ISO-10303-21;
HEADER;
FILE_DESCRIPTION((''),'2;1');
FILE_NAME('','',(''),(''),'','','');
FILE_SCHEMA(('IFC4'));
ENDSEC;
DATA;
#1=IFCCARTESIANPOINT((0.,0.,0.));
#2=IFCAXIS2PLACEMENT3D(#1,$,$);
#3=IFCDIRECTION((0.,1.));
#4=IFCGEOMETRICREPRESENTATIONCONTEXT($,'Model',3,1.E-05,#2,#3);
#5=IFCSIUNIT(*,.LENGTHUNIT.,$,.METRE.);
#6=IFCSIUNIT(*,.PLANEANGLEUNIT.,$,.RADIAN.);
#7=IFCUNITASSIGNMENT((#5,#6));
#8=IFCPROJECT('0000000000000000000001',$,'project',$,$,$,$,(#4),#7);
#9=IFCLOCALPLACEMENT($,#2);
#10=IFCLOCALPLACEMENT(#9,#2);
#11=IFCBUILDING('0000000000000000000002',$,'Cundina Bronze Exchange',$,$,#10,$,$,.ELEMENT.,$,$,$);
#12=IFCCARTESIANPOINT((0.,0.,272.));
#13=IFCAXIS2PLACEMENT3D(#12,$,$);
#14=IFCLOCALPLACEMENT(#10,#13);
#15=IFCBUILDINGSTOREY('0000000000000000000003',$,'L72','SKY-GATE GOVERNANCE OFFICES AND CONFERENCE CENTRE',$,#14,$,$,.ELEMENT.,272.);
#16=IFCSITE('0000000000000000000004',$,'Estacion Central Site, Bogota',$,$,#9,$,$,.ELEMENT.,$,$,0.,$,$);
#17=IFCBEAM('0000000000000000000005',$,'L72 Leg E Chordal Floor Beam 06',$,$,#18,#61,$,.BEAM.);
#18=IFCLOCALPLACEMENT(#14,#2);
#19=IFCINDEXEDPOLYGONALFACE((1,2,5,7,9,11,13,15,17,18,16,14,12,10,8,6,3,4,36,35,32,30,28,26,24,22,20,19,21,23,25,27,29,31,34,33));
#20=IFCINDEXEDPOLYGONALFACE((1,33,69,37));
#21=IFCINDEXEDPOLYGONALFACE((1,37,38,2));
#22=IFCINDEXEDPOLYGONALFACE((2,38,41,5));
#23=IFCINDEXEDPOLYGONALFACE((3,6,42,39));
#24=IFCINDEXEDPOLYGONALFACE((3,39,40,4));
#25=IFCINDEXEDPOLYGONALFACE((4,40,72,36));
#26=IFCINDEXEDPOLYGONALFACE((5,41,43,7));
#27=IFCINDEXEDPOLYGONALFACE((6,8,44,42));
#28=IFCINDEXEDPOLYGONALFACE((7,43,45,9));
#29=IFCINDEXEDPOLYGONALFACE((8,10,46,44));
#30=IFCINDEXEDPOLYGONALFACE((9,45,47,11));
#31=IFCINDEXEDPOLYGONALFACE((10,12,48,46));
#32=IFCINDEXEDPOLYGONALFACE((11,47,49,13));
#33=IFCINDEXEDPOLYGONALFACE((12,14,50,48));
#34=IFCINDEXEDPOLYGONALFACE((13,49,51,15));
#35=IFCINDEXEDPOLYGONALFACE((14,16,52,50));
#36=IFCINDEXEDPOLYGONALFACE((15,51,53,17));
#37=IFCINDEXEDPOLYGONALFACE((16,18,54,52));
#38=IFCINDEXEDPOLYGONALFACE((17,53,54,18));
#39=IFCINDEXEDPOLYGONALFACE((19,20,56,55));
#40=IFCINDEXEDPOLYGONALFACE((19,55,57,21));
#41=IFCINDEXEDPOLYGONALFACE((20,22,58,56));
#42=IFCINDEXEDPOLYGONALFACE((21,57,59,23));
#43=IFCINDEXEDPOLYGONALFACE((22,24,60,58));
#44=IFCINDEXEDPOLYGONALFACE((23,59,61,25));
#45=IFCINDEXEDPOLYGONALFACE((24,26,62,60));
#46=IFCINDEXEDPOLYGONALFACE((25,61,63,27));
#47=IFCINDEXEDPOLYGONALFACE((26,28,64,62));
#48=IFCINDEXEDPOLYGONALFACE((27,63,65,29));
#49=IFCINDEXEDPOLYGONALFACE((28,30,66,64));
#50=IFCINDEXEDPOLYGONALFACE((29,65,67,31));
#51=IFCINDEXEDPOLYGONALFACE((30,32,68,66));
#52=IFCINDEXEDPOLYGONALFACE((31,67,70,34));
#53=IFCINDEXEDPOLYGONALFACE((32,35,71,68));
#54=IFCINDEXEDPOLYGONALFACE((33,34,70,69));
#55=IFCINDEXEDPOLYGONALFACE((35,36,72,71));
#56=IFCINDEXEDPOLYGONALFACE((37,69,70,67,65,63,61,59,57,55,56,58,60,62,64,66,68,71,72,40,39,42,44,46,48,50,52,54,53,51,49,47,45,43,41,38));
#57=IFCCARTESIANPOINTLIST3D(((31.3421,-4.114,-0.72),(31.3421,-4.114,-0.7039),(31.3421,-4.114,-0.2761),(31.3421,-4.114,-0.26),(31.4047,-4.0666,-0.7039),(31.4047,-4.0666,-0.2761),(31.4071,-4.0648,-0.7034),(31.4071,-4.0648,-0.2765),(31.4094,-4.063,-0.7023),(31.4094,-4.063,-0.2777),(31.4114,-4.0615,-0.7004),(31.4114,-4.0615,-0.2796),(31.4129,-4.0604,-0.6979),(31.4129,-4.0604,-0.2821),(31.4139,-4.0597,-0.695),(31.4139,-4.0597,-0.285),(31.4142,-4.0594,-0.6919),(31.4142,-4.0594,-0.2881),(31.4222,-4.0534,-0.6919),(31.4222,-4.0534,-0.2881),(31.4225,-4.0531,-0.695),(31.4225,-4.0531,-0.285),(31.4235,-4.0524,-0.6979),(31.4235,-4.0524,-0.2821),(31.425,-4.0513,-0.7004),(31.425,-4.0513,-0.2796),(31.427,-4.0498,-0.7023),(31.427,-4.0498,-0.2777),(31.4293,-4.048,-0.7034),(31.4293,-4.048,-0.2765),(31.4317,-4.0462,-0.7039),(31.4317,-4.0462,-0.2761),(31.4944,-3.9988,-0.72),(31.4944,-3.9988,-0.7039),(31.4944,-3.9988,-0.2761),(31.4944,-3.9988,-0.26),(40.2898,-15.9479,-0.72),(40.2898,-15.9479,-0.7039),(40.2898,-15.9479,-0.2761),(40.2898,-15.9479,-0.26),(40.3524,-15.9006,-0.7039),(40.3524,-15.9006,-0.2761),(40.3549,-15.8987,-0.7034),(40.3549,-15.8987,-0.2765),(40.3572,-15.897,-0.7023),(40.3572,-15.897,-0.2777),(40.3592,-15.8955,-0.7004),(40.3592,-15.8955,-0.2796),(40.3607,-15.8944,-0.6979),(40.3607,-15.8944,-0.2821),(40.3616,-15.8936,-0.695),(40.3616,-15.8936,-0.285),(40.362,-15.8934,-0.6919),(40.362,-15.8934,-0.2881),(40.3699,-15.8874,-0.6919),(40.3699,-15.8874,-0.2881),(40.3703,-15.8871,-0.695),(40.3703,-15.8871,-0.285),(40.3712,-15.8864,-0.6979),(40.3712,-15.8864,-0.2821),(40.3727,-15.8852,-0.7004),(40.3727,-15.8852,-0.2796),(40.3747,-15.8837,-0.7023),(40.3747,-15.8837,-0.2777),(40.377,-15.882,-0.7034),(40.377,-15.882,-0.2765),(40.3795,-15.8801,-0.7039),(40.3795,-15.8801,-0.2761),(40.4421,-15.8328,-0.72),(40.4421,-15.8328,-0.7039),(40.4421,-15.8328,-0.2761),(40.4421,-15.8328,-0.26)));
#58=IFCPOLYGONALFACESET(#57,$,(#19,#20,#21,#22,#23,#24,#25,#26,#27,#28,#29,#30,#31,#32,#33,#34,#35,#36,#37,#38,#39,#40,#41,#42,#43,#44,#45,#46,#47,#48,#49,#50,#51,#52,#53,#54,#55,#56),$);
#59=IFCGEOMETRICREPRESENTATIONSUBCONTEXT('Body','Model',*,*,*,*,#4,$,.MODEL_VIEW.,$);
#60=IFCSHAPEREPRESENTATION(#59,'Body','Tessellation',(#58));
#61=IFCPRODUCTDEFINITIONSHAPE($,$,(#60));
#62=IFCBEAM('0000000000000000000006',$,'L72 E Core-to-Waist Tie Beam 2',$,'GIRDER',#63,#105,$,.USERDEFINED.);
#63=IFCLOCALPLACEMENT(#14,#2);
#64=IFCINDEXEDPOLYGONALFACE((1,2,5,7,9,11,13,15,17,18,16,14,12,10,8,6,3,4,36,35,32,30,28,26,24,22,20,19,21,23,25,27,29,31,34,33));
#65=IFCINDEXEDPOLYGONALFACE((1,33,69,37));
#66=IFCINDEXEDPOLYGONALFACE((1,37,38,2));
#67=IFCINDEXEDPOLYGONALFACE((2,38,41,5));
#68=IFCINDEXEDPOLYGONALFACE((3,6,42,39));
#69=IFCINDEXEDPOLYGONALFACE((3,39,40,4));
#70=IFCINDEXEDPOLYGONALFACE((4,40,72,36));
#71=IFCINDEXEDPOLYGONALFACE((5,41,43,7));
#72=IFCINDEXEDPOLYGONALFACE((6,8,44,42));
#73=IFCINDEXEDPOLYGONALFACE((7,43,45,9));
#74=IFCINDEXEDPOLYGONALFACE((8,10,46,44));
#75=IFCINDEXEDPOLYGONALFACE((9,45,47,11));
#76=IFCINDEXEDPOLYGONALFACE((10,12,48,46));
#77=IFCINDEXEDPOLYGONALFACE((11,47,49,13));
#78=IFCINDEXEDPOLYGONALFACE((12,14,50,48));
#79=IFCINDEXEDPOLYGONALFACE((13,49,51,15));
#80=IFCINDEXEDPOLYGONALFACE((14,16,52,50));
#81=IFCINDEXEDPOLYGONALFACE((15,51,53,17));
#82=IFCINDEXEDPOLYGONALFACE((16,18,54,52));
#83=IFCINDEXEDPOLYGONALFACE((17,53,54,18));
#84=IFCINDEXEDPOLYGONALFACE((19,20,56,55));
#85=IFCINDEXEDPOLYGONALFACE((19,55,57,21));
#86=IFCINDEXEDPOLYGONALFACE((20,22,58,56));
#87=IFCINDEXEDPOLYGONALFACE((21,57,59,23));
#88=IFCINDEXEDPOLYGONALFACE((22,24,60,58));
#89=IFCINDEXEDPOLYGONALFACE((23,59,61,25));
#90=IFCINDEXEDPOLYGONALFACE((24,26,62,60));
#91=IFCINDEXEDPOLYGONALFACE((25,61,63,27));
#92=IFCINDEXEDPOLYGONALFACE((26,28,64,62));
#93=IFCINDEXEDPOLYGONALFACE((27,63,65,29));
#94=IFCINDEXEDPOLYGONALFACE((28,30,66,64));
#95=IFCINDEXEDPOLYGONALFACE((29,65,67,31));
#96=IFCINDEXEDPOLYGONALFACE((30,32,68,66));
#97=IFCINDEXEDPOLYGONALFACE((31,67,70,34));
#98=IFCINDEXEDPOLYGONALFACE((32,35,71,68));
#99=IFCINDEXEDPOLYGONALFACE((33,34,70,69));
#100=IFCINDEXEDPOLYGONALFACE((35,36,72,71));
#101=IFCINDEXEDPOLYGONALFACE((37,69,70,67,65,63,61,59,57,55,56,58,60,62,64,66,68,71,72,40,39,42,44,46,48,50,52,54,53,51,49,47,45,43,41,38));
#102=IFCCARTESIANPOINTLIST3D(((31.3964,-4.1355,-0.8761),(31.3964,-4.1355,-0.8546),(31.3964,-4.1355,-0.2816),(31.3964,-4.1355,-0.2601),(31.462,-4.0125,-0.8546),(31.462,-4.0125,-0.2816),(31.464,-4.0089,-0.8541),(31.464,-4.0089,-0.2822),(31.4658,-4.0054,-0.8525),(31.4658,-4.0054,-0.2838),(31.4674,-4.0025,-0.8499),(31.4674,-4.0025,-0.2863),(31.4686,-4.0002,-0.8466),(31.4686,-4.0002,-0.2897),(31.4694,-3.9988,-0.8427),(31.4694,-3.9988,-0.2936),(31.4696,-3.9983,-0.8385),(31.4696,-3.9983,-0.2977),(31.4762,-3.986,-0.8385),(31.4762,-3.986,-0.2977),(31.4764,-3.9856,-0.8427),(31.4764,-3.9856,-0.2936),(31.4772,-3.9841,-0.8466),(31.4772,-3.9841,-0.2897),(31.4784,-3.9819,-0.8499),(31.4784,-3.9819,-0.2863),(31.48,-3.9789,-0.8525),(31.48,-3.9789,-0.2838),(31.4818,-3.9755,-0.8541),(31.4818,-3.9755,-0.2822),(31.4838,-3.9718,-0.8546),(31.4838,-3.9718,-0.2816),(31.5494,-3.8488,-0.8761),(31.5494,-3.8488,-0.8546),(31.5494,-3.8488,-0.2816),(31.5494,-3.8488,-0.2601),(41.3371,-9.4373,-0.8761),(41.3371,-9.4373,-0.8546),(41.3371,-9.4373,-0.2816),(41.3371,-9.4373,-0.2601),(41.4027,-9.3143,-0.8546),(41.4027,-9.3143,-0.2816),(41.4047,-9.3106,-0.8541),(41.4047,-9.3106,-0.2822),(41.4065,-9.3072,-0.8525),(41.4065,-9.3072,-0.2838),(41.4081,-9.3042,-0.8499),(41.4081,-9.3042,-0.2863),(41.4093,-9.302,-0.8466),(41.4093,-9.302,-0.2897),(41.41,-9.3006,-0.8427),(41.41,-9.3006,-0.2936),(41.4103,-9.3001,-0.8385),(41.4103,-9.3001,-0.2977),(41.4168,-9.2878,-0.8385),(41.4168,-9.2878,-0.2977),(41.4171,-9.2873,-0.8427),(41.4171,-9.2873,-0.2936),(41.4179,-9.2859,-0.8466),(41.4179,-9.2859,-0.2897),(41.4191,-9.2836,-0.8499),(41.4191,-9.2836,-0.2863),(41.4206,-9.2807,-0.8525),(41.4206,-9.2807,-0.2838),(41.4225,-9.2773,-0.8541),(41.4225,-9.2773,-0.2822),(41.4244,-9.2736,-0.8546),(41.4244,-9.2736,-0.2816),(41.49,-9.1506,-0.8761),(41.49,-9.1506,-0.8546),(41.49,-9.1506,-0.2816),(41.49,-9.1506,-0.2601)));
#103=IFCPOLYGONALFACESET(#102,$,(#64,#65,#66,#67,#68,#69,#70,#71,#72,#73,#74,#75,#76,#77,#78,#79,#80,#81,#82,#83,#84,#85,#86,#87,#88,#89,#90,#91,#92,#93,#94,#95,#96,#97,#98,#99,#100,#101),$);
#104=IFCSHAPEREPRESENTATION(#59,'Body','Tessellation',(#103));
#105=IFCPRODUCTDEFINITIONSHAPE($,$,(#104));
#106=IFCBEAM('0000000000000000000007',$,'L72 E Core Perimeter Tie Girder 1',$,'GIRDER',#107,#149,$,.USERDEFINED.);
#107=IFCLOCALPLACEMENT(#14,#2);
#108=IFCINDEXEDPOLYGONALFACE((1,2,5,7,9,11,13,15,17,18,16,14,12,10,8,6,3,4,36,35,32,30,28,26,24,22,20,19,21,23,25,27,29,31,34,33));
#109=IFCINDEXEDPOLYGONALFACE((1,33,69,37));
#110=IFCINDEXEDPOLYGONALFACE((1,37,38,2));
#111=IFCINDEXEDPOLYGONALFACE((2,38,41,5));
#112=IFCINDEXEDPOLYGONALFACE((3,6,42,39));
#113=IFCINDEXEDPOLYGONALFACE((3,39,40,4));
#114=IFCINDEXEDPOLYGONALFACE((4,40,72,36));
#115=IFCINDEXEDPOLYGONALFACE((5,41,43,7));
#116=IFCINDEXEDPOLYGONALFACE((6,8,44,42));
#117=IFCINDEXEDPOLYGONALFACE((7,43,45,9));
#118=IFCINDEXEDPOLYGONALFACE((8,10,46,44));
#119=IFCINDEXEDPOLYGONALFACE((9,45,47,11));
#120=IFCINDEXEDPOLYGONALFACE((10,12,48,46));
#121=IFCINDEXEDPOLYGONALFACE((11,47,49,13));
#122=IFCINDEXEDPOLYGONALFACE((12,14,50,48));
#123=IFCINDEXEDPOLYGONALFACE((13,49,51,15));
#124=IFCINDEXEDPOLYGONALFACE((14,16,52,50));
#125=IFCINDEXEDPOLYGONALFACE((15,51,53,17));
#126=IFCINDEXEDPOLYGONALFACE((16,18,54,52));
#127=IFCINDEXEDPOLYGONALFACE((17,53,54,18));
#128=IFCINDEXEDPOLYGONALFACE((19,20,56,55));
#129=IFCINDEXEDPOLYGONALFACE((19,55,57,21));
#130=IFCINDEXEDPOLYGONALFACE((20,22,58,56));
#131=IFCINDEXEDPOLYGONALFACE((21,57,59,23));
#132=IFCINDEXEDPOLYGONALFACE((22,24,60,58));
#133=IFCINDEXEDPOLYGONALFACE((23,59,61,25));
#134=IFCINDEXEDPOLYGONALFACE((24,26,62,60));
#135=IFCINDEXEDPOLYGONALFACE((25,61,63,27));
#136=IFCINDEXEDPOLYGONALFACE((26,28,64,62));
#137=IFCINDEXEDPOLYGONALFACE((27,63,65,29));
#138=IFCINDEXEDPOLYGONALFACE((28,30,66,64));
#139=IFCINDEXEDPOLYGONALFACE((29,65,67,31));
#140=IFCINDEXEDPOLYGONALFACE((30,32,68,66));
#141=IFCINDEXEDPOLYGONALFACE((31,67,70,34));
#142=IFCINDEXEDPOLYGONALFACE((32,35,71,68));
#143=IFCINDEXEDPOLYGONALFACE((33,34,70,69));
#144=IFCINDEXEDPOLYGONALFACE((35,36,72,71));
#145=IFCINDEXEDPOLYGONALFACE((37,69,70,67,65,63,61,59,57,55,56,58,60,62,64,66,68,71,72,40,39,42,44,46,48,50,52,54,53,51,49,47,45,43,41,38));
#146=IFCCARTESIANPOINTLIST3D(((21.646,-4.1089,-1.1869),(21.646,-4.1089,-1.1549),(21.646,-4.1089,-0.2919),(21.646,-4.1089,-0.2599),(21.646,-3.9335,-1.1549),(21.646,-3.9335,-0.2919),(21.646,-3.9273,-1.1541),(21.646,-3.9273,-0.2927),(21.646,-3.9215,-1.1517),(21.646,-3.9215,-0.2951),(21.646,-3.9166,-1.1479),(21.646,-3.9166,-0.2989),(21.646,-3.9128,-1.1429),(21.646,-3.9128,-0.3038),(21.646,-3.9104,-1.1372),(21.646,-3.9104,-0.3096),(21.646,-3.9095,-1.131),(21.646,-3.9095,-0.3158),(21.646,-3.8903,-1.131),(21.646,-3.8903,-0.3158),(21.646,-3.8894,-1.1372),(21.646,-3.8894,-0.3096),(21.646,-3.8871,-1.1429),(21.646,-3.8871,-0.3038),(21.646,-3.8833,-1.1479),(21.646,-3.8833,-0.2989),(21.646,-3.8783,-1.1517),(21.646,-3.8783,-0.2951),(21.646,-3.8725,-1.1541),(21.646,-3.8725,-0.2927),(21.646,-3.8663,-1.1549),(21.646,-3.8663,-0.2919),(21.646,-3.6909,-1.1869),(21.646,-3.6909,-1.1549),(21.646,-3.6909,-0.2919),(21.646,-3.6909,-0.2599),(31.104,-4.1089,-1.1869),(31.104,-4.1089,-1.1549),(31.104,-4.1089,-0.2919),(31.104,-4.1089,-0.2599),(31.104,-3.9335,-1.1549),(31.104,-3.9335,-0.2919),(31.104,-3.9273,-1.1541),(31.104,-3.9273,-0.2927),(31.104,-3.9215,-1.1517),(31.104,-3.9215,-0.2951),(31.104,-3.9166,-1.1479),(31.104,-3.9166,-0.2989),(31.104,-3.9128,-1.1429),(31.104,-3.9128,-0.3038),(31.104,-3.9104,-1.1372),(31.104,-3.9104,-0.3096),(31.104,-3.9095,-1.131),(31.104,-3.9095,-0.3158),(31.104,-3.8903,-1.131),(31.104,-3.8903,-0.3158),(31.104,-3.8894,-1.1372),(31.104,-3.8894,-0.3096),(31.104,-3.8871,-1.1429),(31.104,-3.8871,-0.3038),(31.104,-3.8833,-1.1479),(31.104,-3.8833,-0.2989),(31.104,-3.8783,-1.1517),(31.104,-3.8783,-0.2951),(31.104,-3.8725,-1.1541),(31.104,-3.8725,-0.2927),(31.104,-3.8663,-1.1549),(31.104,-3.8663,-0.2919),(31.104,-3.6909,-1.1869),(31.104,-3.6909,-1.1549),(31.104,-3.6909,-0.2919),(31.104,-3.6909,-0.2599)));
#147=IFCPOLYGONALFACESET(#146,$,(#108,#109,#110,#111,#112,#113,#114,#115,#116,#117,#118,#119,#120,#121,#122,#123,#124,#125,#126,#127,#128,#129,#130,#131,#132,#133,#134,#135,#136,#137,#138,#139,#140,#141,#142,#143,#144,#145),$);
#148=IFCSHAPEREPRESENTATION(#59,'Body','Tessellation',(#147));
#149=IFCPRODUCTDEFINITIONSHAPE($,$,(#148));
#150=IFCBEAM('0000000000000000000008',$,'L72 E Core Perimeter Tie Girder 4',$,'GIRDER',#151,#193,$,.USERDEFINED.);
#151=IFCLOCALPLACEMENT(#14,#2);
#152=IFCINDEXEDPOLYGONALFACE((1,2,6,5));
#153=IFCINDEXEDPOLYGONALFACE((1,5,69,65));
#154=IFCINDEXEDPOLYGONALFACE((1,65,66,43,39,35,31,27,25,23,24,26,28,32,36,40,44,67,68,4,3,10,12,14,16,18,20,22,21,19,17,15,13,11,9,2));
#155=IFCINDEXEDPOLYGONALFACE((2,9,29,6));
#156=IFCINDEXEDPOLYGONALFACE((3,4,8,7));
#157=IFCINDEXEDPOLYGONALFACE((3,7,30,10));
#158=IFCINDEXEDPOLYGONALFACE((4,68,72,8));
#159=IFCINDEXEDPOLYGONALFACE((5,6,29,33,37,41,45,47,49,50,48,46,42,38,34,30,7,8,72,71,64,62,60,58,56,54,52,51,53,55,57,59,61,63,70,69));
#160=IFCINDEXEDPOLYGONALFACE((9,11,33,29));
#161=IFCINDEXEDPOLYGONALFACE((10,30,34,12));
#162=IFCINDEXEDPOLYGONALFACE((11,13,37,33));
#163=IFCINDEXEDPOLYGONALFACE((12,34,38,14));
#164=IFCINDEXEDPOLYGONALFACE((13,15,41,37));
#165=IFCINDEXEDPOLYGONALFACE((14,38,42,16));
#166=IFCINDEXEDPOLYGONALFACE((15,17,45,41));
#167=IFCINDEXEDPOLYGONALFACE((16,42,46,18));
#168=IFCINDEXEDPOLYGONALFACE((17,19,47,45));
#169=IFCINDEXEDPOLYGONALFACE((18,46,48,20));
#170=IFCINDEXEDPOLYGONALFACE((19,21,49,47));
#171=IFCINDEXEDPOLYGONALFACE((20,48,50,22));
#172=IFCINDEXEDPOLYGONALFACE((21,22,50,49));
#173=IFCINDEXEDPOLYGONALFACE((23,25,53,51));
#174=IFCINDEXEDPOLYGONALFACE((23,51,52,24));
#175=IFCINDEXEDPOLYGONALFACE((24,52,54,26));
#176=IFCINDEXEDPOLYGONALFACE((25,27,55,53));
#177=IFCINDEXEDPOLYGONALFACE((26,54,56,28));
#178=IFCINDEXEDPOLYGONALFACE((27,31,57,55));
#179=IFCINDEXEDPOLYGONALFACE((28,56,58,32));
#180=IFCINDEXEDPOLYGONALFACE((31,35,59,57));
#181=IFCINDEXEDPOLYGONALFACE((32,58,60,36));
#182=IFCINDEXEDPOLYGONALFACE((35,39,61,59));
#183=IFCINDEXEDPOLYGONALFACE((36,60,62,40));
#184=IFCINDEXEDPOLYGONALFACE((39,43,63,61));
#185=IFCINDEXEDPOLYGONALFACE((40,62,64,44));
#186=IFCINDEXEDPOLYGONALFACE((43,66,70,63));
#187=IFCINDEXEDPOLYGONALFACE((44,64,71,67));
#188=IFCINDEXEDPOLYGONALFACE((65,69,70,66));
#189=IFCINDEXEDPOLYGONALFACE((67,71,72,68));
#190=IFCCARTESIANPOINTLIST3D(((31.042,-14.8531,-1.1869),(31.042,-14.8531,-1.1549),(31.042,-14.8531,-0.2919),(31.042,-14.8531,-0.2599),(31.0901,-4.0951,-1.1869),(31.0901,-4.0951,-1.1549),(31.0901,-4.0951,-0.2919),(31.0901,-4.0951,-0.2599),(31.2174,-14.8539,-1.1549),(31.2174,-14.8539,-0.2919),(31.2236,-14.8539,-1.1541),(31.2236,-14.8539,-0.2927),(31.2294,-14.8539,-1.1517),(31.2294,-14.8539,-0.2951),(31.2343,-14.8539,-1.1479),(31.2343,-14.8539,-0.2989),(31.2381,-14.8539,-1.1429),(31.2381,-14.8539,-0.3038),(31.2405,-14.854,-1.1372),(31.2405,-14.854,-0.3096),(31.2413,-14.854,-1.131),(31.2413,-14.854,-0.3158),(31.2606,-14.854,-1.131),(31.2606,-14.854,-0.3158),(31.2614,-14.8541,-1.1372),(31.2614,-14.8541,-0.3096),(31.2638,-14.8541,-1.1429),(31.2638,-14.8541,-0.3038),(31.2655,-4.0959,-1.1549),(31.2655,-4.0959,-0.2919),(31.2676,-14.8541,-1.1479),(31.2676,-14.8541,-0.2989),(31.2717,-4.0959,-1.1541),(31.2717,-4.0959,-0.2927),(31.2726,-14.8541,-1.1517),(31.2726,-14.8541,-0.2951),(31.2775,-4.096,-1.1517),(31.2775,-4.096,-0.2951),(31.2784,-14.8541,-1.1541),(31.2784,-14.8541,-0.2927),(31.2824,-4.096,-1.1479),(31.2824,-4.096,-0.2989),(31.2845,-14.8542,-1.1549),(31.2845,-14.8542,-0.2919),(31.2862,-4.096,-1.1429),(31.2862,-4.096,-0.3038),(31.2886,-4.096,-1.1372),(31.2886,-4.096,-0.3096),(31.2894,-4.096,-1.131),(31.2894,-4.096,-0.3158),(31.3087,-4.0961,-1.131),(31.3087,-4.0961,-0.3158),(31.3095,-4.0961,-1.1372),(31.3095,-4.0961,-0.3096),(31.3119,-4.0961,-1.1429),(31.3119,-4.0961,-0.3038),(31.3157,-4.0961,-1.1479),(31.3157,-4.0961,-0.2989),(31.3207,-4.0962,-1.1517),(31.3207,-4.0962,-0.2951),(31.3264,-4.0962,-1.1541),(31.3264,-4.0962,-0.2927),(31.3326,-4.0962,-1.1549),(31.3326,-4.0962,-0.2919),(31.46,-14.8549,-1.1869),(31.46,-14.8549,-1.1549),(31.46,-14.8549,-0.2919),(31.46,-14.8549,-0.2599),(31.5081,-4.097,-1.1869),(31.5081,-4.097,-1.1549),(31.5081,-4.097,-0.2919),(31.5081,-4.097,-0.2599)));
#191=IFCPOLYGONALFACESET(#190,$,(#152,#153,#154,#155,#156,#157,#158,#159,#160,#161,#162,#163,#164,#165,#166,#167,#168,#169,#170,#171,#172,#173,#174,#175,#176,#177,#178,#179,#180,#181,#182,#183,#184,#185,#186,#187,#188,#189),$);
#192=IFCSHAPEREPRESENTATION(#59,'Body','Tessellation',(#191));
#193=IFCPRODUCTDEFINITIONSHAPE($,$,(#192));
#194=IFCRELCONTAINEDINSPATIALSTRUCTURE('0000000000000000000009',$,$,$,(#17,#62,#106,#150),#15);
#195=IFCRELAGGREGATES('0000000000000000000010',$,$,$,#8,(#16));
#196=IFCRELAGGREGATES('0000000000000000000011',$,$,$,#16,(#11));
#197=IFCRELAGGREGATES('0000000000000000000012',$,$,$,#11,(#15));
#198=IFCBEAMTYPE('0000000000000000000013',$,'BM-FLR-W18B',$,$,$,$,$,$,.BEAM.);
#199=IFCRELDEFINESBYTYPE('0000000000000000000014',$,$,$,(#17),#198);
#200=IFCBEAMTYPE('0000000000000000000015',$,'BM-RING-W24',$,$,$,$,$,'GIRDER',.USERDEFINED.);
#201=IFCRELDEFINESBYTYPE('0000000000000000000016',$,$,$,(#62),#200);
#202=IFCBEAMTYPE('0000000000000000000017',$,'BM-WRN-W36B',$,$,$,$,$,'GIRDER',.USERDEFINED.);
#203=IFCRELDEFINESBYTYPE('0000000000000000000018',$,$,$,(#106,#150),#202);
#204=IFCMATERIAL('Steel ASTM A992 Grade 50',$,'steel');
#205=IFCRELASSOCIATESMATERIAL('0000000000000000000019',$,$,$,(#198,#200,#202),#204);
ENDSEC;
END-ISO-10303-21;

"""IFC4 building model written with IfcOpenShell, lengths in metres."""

from ifc_helpers import new_model, si_unit, direction, frame, origin, origin_2d, place, context, subcontext, project, spatial, i_section, extrude, material, material_profile, profile_set, type_object, element, save


model = new_model("IFC4")

# Units and contexts
model_context = context("Model", 3, precision=1e-05, world=origin(), true_north=direction((0.0, 1.0)))
body_context = subcontext(model_context, "Body", "Model", "MODEL_VIEW")
ifc_project = project(units=[si_unit("LENGTHUNIT", "METRE"), si_unit("PLANEANGLEUNIT", "RADIAN")], contexts=[model_context])

# Site, building, storey
site_placement = place(None, origin())
site = spatial("IfcSite", under=ifc_project, at=site_placement, Name="Estacion Central Site, Bogota", CompositionType="ELEMENT", RefElevation=0.0)
building_placement = place(site_placement, origin())
building = spatial("IfcBuilding", under=site, at=building_placement, Name="Cundina Bronze Exchange", CompositionType="ELEMENT")
storey_placement = place(building_placement, frame((0.0, 0.0, 272.0)))
storey = spatial("IfcBuildingStorey", under=building, at=storey_placement, Name="L72", Description="SKY-GATE GOVERNANCE OFFICES AND CONFERENCE CENTRE", CompositionType="ELEMENT", Elevation=272.0)

# Beams
ifc_material_1 = material(Name="Steel ASTM A992 Grade 50", Category="steel")
ifc_material_profile_1 = material_profile(ifc_material_1, i_section(OverallWidth=0.1909, OverallDepth=0.46, WebThickness=0.01, FlangeThickness=0.0161, FilletRadius=0.012, at=origin_2d()), Name="W18X55", Category="steel")
ifc_profile_set_1 = profile_set([ifc_material_profile_1], Name="Steel ASTM A992 Grade 50")
beam_type_1 = type_object("IfcBeamType", Name="BM-FLR-W18B", PredefinedType="BEAM", material=ifc_profile_set_1)
beam_1_placement = place(storey_placement, frame((31.4182, -4.0564, -0.49), z_axis=(0.603113, -0.797656, 0.0), x_axis=(0.797656, 0.603113, 0.0)))
element("IfcBeam", 1, at=beam_1_placement, inside=storey, type_object=beam_type_1, Name="L72 Leg E Chordal Floor Beam 06", PredefinedType="BEAM", context=body_context, shape_type="SweptSolid", body=[
    extrude(i_section(OverallWidth=0.1909, OverallDepth=0.46, WebThickness=0.01, FlangeThickness=0.0161, FilletRadius=0.012, at=origin_2d()), origin(), (0.0, 0.0, 1.0), 14.8359),
])
ifc_material_profile_2 = material_profile(ifc_material_1, i_section(OverallWidth=0.325, OverallDepth=0.616, WebThickness=0.0139, FlangeThickness=0.0215, FilletRadius=0.0161, at=origin_2d()), Name="W24X117", Category="steel")
ifc_profile_set_2 = profile_set([ifc_material_profile_2], Name="Steel ASTM A992 Grade 50")
beam_type_2 = type_object("IfcBeamType", Name="BM-RING-W24", ElementType="GIRDER", PredefinedType="USERDEFINED", material=ifc_profile_set_2)
beam_2_placement = place(storey_placement, frame((31.4729, -3.9922, -0.5681), z_axis=(0.882351, -0.470593, 0.0), x_axis=(0.470593, 0.882351, 0.0)))
element("IfcBeam", 2, at=beam_2_placement, inside=storey, type_object=beam_type_2, Name="L72 E Core-to-Waist Tie Beam 2", ObjectType="GIRDER", PredefinedType="USERDEFINED", context=body_context, shape_type="SweptSolid", body=[
    extrude(i_section(OverallWidth=0.325, OverallDepth=0.616, WebThickness=0.0139, FlangeThickness=0.0215, FilletRadius=0.0161, at=origin_2d()), origin(), (0.0, 0.0, 1.0), 11.2661),
])
ifc_material_profile_3 = material_profile(ifc_material_1, i_section(OverallWidth=0.418, OverallDepth=0.927, WebThickness=0.0193, FlangeThickness=0.032, FilletRadius=0.0239, at=origin_2d()), Name="W36X231", Category="steel")
ifc_profile_set_3 = profile_set([ifc_material_profile_3], Name="Steel ASTM A992 Grade 50")
beam_type_3 = type_object("IfcBeamType", Name="BM-WRN-W36B", ElementType="GIRDER", PredefinedType="USERDEFINED", material=ifc_profile_set_3)
beam_3_placement = place(storey_placement, frame((31.104, -3.8999, -0.7234), z_axis=(-1.0, 0.0, 0.0), x_axis=(0.0, -1.0, 0.0)))
element("IfcBeam", 3, at=beam_3_placement, inside=storey, type_object=beam_type_3, Name="L72 E Core Perimeter Tie Girder 1", ObjectType="GIRDER", PredefinedType="USERDEFINED", context=body_context, shape_type="SweptSolid", body=[
    extrude(i_section(OverallWidth=0.418, OverallDepth=0.927, WebThickness=0.0193, FlangeThickness=0.032, FilletRadius=0.0239, at=origin_2d()), origin(), (0.0, 0.0, 1.0), 9.458),
])
beam_4_placement = place(storey_placement, frame((31.251, -14.854, -0.7234), z_axis=(0.004471, 0.99999, 0.0), x_axis=(-0.99999, 0.004471, 0.0)))
element("IfcBeam", 4, at=beam_4_placement, inside=storey, type_object=beam_type_3, Name="L72 E Core Perimeter Tie Girder 4", ObjectType="GIRDER", PredefinedType="USERDEFINED", context=body_context, shape_type="SweptSolid", body=[
    extrude(i_section(OverallWidth=0.418, OverallDepth=0.927, WebThickness=0.0193, FlangeThickness=0.032, FilletRadius=0.0239, at=origin_2d()), origin(), (0.0, 0.0, 1.0), 10.7581),
])

save(model, "model.ifc")
